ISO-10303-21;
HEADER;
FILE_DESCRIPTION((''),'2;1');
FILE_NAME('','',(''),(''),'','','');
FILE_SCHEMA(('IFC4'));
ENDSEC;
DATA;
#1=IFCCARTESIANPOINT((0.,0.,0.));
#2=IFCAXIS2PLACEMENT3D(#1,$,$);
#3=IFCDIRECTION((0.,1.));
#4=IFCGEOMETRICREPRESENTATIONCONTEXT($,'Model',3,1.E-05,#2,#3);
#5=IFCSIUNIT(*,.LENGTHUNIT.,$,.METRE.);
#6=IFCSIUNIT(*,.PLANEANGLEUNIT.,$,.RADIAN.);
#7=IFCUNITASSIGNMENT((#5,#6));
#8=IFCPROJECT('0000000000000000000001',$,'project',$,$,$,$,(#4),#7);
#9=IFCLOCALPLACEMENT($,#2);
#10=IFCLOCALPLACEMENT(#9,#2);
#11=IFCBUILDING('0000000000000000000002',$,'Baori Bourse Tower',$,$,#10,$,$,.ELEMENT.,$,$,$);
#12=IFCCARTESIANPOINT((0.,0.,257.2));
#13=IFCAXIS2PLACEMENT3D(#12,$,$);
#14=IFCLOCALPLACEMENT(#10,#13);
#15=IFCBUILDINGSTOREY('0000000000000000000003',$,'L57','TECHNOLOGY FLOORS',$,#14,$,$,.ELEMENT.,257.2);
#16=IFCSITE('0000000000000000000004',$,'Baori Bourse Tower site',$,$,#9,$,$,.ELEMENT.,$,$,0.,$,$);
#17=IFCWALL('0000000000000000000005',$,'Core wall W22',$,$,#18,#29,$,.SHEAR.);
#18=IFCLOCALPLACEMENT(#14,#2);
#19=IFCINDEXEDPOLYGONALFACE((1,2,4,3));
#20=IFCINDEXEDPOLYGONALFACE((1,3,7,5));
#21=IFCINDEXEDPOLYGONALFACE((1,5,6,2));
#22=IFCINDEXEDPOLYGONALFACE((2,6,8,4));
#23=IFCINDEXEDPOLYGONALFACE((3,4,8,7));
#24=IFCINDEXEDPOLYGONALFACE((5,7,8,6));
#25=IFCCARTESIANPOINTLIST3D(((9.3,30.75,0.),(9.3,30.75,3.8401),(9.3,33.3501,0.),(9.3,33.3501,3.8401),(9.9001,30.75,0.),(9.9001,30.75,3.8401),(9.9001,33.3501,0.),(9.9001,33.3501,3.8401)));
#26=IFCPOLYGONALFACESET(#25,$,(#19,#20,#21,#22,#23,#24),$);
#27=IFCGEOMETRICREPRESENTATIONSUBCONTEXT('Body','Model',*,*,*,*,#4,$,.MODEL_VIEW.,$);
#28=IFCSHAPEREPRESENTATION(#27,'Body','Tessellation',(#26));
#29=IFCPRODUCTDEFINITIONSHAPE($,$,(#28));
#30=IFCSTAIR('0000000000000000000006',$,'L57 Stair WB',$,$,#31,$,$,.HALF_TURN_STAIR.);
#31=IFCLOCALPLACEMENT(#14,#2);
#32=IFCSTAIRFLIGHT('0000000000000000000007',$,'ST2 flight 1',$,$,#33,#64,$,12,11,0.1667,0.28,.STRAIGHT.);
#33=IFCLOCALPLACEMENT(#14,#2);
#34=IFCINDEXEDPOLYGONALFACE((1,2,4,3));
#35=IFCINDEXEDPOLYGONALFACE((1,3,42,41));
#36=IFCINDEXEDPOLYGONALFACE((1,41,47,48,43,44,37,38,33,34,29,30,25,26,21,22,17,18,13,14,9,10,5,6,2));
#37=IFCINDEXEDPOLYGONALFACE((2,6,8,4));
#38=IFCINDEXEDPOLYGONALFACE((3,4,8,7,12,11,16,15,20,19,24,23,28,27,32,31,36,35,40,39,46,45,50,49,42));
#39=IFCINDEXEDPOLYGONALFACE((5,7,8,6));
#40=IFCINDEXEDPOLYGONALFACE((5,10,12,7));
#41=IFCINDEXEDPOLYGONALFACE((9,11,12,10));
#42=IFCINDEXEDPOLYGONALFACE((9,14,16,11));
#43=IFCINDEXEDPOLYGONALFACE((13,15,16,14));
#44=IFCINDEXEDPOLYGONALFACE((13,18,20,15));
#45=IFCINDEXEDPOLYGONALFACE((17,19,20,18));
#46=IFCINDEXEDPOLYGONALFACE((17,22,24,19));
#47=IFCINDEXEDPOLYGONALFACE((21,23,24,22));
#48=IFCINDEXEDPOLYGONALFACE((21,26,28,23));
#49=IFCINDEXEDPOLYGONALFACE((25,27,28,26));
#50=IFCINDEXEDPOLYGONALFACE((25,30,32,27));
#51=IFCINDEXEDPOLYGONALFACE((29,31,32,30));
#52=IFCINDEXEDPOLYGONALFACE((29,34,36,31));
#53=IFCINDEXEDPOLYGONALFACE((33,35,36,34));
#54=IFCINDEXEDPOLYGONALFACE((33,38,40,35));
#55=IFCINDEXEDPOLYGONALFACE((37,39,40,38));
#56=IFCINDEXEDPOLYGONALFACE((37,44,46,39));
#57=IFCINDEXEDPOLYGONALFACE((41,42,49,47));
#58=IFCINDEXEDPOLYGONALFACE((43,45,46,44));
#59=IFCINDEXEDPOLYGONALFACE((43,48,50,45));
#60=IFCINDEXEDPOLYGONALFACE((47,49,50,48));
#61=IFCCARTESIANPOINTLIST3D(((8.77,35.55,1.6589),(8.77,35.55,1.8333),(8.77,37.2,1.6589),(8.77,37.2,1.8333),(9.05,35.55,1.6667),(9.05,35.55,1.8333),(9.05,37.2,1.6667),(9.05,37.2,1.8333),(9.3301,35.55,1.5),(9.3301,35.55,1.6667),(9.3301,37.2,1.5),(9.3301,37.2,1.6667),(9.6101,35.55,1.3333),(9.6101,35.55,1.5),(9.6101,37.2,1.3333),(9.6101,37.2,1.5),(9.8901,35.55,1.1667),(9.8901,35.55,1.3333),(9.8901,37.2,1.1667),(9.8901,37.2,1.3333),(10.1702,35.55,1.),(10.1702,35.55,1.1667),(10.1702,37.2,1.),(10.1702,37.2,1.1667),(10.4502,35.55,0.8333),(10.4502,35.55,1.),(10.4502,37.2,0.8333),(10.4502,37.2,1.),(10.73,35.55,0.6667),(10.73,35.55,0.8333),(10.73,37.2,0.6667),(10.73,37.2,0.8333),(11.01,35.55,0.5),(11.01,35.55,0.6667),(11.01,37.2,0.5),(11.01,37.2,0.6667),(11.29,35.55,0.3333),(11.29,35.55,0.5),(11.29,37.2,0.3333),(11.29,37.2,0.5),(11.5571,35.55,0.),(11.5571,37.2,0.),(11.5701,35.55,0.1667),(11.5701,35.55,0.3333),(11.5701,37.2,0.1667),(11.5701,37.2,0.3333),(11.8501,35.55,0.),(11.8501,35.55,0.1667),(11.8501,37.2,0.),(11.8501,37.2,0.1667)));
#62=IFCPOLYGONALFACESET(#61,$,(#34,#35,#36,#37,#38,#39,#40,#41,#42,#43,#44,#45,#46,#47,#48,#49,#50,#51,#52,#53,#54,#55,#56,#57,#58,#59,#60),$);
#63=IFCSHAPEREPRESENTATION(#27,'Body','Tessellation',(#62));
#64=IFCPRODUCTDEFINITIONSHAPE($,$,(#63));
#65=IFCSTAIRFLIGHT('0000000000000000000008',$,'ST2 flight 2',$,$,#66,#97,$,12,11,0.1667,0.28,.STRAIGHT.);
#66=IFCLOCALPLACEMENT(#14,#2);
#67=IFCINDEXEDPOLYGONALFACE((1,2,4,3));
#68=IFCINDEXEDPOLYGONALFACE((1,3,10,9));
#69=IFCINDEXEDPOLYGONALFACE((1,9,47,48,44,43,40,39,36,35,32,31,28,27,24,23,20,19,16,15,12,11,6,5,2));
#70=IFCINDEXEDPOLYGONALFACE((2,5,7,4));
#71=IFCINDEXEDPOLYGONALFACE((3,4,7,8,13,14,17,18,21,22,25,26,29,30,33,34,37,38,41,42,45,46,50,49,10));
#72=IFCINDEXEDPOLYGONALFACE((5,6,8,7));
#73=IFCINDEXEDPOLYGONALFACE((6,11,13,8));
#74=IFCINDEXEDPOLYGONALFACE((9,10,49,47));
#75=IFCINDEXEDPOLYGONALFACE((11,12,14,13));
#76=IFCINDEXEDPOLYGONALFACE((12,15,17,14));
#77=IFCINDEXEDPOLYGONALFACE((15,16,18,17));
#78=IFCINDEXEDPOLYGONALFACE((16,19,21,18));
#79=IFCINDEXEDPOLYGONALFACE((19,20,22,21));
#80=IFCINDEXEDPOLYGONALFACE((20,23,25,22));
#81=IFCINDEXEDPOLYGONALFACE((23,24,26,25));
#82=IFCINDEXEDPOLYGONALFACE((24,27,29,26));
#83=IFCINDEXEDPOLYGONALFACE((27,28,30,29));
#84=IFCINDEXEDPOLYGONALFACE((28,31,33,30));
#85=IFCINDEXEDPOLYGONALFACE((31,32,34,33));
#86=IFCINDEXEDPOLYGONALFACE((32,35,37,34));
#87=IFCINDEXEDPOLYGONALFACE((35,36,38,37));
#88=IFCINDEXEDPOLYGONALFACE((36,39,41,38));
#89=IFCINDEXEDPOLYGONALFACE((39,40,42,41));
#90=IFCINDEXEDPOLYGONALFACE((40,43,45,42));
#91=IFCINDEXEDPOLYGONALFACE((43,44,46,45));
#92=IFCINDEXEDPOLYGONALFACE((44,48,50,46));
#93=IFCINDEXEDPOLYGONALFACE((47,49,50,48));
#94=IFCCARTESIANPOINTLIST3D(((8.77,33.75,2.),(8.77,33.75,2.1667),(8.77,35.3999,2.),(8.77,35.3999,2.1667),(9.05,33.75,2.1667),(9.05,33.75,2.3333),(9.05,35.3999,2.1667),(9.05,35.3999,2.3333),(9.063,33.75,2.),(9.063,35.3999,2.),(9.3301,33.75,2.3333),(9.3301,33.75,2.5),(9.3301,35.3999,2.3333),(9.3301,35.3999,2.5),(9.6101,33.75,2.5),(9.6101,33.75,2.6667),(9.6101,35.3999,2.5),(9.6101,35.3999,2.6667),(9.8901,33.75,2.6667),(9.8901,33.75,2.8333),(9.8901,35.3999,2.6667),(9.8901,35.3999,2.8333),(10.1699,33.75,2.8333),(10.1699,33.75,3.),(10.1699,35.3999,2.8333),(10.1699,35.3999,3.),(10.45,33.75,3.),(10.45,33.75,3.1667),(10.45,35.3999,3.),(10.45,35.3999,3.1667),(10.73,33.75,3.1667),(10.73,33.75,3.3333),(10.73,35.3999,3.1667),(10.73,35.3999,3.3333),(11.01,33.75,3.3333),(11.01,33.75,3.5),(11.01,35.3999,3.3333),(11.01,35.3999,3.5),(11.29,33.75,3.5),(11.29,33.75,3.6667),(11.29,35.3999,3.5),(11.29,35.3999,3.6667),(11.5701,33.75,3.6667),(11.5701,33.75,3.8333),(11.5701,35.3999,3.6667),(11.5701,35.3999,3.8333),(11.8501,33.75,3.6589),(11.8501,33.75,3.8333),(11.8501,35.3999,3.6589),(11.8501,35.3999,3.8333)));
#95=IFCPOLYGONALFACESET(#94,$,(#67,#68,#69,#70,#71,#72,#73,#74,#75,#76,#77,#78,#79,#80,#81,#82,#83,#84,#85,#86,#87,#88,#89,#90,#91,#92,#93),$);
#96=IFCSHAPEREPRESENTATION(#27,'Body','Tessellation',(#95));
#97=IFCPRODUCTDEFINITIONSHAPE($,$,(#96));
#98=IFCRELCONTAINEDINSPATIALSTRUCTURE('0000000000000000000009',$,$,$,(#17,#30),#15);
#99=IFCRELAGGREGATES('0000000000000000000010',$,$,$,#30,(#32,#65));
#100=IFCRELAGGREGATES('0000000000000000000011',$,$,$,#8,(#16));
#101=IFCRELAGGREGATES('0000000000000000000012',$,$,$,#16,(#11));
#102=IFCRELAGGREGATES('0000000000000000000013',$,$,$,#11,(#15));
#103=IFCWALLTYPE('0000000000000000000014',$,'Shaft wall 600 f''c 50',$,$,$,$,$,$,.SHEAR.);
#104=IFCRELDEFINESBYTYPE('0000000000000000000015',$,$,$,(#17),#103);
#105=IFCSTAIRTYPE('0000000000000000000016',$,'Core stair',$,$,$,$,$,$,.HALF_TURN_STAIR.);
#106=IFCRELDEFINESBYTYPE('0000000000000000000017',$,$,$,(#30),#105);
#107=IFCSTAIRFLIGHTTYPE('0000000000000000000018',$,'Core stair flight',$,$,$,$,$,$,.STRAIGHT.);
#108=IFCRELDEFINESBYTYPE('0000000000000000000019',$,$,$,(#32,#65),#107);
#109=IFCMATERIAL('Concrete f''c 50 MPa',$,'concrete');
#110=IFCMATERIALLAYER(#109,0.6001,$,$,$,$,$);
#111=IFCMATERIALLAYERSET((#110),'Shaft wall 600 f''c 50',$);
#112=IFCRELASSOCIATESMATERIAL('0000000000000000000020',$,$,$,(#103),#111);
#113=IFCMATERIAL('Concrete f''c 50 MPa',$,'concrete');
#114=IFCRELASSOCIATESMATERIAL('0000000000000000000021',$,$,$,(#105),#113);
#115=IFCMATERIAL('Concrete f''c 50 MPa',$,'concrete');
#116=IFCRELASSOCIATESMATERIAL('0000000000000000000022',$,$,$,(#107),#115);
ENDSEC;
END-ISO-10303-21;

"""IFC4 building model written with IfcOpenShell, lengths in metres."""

from ifc_helpers import new_model, si_unit, direction, frame, frame_2d, origin, place, context, subcontext, project, spatial, polyline, rectangle, outline, extrude, material, layer, layer_set, type_object, element, aggregate, save


model = new_model("IFC4")

# Units and contexts
model_context = context("Model", 3, precision=1e-05, world=origin(), true_north=direction((0.0, 1.0)))
body_context = subcontext(model_context, "Body", "Model", "MODEL_VIEW")
ifc_project = project(units=[si_unit("LENGTHUNIT", "METRE"), si_unit("PLANEANGLEUNIT", "RADIAN")], contexts=[model_context])

# Site, building, storey
site_placement = place(None, origin())
site = spatial("IfcSite", under=ifc_project, at=site_placement, Name="Baori Bourse Tower site", CompositionType="ELEMENT", RefElevation=0.0)
building_placement = place(site_placement, origin())
building = spatial("IfcBuilding", under=site, at=building_placement, Name="Baori Bourse Tower", CompositionType="ELEMENT")
storey_placement = place(building_placement, frame((0.0, 0.0, 257.2)))
storey = spatial("IfcBuildingStorey", under=building, at=storey_placement, Name="L57", Description="TECHNOLOGY FLOORS", CompositionType="ELEMENT", Elevation=257.2)

# Wall
ifc_material_1 = material(Name="Concrete f'c 50 MPa", Category="concrete")
ifc_layer_1 = layer(ifc_material_1, 0.6001)
ifc_layer_set_1 = layer_set([ifc_layer_1], Name="Shaft wall 600 f'c 50")
wall_type_1 = type_object("IfcWallType", Name="Shaft wall 600 f'c 50", PredefinedType="SHEAR", material=ifc_layer_set_1)
for number, where, z_axis, x_axis, name in (
    (1, (9.6001, 30.75, 0.0), (0.0, 0.0, 1.0), (0.0, 1.0, 0.0), "Core wall W22"),
):
    element("IfcWall", number, at=place(storey_placement, frame(where, z_axis=z_axis, x_axis=x_axis)), inside=storey, type_object=wall_type_1, Name=name, PredefinedType="SHEAR", context=body_context, shape_type="SweptSolid", body=[
        extrude(rectangle(XDim=2.6001, YDim=0.6001, at=frame_2d((1.3, 0.0))), origin(), (0.0, 0.0, 1.0), 3.8401),
    ])

# Stair, stair flights
ifc_material_2 = material(Name="Concrete f'c 50 MPa", Category="concrete")
stair_type = type_object("IfcStairType", Name="Core stair", PredefinedType="HALF_TURN_STAIR", material=ifc_material_2)
stair_placement = place(storey_placement, origin())
stair = element("IfcStair", 2, at=stair_placement, inside=storey, type_object=stair_type, Name="L57 Stair WB", PredefinedType="HALF_TURN_STAIR")
ifc_material_3 = material(Name="Concrete f'c 50 MPa", Category="concrete")
stair_flight_type = type_object("IfcStairFlightType", Name="Core stair flight", PredefinedType="STRAIGHT", material=ifc_material_3)
stair_flight_1_placement = place(storey_placement, frame((11.8501, 36.375, 0.0), z_axis=(0.0, 0.0, 1.0), x_axis=(-1.0, 0.0, 0.0)))
stair_flight_1 = element("IfcStairFlight", 3, at=stair_flight_1_placement, type_object=stair_flight_type, Name="ST2 flight 1", NumberOfRisers=12, NumberOfTreads=11, PredefinedType="STRAIGHT", RiserHeight=0.1667, TreadLength=0.28, context=body_context, shape_type="SweptSolid", body=[
    extrude(outline(polyline([(0.0, 0.0), (0.0, 0.1667), (0.28, 0.1667), (0.28, 0.3333), (0.5601, 0.3333), (0.5601, 0.5), (0.8401, 0.5), (0.8401, 0.6667), (1.1201, 0.6667), (1.1201, 0.8333), (1.3999, 0.8333), (1.3999, 1.0), (1.6799, 1.0), (1.6799, 1.1667), (1.96, 1.1667), (1.96, 1.3333), (2.24, 1.3333), (2.24, 1.5), (2.52, 1.5), (2.52, 1.6667), (2.8, 1.6667), (2.8, 1.8333), (3.0801, 1.8333), (3.0801, 2.0), (3.0801, 1.6589), (0.293, 0.0), (0.0, 0.0)])), frame((0.0, 0.825, 0.0), z_axis=(0.0, -1.0, 0.0), x_axis=(1.0, 0.0, 0.0)), (0.0, 0.0, 1.0), 1.6499),
])
stair_flight_2_placement = place(storey_placement, frame((8.77, 34.575, 2.0), z_axis=(0.0, 0.0, 1.0), x_axis=(1.0, 0.0, 0.0)))
stair_flight_2 = element("IfcStairFlight", 4, at=stair_flight_2_placement, type_object=stair_flight_type, Name="ST2 flight 2", NumberOfRisers=12, NumberOfTreads=11, PredefinedType="STRAIGHT", RiserHeight=0.1667, TreadLength=0.28, context=body_context, shape_type="SweptSolid", body=[
    extrude(outline(polyline([(0.0, 0.0), (0.0, 0.1667), (0.28, 0.1667), (0.28, 0.3333), (0.5601, 0.3333), (0.5601, 0.5), (0.8401, 0.5), (0.8401, 0.6667), (1.1201, 0.6667), (1.1201, 0.8333), (1.3999, 0.8333), (1.3999, 1.0), (1.6799, 1.0), (1.6799, 1.1667), (1.96, 1.1667), (1.96, 1.3333), (2.24, 1.3333), (2.24, 1.5), (2.52, 1.5), (2.52, 1.6667), (2.8, 1.6667), (2.8, 1.8333), (3.0801, 1.8333), (3.0801, 2.0), (3.0801, 1.6589), (0.293, 0.0), (0.0, 0.0)])), frame((0.0, 0.825, 0.0), z_axis=(0.0, -1.0, 0.0), x_axis=(1.0, 0.0, 0.0)), (0.0, 0.0, 1.0), 1.6499),
])
aggregate(stair, [stair_flight_1, stair_flight_2])

save(model, "model.ifc")
